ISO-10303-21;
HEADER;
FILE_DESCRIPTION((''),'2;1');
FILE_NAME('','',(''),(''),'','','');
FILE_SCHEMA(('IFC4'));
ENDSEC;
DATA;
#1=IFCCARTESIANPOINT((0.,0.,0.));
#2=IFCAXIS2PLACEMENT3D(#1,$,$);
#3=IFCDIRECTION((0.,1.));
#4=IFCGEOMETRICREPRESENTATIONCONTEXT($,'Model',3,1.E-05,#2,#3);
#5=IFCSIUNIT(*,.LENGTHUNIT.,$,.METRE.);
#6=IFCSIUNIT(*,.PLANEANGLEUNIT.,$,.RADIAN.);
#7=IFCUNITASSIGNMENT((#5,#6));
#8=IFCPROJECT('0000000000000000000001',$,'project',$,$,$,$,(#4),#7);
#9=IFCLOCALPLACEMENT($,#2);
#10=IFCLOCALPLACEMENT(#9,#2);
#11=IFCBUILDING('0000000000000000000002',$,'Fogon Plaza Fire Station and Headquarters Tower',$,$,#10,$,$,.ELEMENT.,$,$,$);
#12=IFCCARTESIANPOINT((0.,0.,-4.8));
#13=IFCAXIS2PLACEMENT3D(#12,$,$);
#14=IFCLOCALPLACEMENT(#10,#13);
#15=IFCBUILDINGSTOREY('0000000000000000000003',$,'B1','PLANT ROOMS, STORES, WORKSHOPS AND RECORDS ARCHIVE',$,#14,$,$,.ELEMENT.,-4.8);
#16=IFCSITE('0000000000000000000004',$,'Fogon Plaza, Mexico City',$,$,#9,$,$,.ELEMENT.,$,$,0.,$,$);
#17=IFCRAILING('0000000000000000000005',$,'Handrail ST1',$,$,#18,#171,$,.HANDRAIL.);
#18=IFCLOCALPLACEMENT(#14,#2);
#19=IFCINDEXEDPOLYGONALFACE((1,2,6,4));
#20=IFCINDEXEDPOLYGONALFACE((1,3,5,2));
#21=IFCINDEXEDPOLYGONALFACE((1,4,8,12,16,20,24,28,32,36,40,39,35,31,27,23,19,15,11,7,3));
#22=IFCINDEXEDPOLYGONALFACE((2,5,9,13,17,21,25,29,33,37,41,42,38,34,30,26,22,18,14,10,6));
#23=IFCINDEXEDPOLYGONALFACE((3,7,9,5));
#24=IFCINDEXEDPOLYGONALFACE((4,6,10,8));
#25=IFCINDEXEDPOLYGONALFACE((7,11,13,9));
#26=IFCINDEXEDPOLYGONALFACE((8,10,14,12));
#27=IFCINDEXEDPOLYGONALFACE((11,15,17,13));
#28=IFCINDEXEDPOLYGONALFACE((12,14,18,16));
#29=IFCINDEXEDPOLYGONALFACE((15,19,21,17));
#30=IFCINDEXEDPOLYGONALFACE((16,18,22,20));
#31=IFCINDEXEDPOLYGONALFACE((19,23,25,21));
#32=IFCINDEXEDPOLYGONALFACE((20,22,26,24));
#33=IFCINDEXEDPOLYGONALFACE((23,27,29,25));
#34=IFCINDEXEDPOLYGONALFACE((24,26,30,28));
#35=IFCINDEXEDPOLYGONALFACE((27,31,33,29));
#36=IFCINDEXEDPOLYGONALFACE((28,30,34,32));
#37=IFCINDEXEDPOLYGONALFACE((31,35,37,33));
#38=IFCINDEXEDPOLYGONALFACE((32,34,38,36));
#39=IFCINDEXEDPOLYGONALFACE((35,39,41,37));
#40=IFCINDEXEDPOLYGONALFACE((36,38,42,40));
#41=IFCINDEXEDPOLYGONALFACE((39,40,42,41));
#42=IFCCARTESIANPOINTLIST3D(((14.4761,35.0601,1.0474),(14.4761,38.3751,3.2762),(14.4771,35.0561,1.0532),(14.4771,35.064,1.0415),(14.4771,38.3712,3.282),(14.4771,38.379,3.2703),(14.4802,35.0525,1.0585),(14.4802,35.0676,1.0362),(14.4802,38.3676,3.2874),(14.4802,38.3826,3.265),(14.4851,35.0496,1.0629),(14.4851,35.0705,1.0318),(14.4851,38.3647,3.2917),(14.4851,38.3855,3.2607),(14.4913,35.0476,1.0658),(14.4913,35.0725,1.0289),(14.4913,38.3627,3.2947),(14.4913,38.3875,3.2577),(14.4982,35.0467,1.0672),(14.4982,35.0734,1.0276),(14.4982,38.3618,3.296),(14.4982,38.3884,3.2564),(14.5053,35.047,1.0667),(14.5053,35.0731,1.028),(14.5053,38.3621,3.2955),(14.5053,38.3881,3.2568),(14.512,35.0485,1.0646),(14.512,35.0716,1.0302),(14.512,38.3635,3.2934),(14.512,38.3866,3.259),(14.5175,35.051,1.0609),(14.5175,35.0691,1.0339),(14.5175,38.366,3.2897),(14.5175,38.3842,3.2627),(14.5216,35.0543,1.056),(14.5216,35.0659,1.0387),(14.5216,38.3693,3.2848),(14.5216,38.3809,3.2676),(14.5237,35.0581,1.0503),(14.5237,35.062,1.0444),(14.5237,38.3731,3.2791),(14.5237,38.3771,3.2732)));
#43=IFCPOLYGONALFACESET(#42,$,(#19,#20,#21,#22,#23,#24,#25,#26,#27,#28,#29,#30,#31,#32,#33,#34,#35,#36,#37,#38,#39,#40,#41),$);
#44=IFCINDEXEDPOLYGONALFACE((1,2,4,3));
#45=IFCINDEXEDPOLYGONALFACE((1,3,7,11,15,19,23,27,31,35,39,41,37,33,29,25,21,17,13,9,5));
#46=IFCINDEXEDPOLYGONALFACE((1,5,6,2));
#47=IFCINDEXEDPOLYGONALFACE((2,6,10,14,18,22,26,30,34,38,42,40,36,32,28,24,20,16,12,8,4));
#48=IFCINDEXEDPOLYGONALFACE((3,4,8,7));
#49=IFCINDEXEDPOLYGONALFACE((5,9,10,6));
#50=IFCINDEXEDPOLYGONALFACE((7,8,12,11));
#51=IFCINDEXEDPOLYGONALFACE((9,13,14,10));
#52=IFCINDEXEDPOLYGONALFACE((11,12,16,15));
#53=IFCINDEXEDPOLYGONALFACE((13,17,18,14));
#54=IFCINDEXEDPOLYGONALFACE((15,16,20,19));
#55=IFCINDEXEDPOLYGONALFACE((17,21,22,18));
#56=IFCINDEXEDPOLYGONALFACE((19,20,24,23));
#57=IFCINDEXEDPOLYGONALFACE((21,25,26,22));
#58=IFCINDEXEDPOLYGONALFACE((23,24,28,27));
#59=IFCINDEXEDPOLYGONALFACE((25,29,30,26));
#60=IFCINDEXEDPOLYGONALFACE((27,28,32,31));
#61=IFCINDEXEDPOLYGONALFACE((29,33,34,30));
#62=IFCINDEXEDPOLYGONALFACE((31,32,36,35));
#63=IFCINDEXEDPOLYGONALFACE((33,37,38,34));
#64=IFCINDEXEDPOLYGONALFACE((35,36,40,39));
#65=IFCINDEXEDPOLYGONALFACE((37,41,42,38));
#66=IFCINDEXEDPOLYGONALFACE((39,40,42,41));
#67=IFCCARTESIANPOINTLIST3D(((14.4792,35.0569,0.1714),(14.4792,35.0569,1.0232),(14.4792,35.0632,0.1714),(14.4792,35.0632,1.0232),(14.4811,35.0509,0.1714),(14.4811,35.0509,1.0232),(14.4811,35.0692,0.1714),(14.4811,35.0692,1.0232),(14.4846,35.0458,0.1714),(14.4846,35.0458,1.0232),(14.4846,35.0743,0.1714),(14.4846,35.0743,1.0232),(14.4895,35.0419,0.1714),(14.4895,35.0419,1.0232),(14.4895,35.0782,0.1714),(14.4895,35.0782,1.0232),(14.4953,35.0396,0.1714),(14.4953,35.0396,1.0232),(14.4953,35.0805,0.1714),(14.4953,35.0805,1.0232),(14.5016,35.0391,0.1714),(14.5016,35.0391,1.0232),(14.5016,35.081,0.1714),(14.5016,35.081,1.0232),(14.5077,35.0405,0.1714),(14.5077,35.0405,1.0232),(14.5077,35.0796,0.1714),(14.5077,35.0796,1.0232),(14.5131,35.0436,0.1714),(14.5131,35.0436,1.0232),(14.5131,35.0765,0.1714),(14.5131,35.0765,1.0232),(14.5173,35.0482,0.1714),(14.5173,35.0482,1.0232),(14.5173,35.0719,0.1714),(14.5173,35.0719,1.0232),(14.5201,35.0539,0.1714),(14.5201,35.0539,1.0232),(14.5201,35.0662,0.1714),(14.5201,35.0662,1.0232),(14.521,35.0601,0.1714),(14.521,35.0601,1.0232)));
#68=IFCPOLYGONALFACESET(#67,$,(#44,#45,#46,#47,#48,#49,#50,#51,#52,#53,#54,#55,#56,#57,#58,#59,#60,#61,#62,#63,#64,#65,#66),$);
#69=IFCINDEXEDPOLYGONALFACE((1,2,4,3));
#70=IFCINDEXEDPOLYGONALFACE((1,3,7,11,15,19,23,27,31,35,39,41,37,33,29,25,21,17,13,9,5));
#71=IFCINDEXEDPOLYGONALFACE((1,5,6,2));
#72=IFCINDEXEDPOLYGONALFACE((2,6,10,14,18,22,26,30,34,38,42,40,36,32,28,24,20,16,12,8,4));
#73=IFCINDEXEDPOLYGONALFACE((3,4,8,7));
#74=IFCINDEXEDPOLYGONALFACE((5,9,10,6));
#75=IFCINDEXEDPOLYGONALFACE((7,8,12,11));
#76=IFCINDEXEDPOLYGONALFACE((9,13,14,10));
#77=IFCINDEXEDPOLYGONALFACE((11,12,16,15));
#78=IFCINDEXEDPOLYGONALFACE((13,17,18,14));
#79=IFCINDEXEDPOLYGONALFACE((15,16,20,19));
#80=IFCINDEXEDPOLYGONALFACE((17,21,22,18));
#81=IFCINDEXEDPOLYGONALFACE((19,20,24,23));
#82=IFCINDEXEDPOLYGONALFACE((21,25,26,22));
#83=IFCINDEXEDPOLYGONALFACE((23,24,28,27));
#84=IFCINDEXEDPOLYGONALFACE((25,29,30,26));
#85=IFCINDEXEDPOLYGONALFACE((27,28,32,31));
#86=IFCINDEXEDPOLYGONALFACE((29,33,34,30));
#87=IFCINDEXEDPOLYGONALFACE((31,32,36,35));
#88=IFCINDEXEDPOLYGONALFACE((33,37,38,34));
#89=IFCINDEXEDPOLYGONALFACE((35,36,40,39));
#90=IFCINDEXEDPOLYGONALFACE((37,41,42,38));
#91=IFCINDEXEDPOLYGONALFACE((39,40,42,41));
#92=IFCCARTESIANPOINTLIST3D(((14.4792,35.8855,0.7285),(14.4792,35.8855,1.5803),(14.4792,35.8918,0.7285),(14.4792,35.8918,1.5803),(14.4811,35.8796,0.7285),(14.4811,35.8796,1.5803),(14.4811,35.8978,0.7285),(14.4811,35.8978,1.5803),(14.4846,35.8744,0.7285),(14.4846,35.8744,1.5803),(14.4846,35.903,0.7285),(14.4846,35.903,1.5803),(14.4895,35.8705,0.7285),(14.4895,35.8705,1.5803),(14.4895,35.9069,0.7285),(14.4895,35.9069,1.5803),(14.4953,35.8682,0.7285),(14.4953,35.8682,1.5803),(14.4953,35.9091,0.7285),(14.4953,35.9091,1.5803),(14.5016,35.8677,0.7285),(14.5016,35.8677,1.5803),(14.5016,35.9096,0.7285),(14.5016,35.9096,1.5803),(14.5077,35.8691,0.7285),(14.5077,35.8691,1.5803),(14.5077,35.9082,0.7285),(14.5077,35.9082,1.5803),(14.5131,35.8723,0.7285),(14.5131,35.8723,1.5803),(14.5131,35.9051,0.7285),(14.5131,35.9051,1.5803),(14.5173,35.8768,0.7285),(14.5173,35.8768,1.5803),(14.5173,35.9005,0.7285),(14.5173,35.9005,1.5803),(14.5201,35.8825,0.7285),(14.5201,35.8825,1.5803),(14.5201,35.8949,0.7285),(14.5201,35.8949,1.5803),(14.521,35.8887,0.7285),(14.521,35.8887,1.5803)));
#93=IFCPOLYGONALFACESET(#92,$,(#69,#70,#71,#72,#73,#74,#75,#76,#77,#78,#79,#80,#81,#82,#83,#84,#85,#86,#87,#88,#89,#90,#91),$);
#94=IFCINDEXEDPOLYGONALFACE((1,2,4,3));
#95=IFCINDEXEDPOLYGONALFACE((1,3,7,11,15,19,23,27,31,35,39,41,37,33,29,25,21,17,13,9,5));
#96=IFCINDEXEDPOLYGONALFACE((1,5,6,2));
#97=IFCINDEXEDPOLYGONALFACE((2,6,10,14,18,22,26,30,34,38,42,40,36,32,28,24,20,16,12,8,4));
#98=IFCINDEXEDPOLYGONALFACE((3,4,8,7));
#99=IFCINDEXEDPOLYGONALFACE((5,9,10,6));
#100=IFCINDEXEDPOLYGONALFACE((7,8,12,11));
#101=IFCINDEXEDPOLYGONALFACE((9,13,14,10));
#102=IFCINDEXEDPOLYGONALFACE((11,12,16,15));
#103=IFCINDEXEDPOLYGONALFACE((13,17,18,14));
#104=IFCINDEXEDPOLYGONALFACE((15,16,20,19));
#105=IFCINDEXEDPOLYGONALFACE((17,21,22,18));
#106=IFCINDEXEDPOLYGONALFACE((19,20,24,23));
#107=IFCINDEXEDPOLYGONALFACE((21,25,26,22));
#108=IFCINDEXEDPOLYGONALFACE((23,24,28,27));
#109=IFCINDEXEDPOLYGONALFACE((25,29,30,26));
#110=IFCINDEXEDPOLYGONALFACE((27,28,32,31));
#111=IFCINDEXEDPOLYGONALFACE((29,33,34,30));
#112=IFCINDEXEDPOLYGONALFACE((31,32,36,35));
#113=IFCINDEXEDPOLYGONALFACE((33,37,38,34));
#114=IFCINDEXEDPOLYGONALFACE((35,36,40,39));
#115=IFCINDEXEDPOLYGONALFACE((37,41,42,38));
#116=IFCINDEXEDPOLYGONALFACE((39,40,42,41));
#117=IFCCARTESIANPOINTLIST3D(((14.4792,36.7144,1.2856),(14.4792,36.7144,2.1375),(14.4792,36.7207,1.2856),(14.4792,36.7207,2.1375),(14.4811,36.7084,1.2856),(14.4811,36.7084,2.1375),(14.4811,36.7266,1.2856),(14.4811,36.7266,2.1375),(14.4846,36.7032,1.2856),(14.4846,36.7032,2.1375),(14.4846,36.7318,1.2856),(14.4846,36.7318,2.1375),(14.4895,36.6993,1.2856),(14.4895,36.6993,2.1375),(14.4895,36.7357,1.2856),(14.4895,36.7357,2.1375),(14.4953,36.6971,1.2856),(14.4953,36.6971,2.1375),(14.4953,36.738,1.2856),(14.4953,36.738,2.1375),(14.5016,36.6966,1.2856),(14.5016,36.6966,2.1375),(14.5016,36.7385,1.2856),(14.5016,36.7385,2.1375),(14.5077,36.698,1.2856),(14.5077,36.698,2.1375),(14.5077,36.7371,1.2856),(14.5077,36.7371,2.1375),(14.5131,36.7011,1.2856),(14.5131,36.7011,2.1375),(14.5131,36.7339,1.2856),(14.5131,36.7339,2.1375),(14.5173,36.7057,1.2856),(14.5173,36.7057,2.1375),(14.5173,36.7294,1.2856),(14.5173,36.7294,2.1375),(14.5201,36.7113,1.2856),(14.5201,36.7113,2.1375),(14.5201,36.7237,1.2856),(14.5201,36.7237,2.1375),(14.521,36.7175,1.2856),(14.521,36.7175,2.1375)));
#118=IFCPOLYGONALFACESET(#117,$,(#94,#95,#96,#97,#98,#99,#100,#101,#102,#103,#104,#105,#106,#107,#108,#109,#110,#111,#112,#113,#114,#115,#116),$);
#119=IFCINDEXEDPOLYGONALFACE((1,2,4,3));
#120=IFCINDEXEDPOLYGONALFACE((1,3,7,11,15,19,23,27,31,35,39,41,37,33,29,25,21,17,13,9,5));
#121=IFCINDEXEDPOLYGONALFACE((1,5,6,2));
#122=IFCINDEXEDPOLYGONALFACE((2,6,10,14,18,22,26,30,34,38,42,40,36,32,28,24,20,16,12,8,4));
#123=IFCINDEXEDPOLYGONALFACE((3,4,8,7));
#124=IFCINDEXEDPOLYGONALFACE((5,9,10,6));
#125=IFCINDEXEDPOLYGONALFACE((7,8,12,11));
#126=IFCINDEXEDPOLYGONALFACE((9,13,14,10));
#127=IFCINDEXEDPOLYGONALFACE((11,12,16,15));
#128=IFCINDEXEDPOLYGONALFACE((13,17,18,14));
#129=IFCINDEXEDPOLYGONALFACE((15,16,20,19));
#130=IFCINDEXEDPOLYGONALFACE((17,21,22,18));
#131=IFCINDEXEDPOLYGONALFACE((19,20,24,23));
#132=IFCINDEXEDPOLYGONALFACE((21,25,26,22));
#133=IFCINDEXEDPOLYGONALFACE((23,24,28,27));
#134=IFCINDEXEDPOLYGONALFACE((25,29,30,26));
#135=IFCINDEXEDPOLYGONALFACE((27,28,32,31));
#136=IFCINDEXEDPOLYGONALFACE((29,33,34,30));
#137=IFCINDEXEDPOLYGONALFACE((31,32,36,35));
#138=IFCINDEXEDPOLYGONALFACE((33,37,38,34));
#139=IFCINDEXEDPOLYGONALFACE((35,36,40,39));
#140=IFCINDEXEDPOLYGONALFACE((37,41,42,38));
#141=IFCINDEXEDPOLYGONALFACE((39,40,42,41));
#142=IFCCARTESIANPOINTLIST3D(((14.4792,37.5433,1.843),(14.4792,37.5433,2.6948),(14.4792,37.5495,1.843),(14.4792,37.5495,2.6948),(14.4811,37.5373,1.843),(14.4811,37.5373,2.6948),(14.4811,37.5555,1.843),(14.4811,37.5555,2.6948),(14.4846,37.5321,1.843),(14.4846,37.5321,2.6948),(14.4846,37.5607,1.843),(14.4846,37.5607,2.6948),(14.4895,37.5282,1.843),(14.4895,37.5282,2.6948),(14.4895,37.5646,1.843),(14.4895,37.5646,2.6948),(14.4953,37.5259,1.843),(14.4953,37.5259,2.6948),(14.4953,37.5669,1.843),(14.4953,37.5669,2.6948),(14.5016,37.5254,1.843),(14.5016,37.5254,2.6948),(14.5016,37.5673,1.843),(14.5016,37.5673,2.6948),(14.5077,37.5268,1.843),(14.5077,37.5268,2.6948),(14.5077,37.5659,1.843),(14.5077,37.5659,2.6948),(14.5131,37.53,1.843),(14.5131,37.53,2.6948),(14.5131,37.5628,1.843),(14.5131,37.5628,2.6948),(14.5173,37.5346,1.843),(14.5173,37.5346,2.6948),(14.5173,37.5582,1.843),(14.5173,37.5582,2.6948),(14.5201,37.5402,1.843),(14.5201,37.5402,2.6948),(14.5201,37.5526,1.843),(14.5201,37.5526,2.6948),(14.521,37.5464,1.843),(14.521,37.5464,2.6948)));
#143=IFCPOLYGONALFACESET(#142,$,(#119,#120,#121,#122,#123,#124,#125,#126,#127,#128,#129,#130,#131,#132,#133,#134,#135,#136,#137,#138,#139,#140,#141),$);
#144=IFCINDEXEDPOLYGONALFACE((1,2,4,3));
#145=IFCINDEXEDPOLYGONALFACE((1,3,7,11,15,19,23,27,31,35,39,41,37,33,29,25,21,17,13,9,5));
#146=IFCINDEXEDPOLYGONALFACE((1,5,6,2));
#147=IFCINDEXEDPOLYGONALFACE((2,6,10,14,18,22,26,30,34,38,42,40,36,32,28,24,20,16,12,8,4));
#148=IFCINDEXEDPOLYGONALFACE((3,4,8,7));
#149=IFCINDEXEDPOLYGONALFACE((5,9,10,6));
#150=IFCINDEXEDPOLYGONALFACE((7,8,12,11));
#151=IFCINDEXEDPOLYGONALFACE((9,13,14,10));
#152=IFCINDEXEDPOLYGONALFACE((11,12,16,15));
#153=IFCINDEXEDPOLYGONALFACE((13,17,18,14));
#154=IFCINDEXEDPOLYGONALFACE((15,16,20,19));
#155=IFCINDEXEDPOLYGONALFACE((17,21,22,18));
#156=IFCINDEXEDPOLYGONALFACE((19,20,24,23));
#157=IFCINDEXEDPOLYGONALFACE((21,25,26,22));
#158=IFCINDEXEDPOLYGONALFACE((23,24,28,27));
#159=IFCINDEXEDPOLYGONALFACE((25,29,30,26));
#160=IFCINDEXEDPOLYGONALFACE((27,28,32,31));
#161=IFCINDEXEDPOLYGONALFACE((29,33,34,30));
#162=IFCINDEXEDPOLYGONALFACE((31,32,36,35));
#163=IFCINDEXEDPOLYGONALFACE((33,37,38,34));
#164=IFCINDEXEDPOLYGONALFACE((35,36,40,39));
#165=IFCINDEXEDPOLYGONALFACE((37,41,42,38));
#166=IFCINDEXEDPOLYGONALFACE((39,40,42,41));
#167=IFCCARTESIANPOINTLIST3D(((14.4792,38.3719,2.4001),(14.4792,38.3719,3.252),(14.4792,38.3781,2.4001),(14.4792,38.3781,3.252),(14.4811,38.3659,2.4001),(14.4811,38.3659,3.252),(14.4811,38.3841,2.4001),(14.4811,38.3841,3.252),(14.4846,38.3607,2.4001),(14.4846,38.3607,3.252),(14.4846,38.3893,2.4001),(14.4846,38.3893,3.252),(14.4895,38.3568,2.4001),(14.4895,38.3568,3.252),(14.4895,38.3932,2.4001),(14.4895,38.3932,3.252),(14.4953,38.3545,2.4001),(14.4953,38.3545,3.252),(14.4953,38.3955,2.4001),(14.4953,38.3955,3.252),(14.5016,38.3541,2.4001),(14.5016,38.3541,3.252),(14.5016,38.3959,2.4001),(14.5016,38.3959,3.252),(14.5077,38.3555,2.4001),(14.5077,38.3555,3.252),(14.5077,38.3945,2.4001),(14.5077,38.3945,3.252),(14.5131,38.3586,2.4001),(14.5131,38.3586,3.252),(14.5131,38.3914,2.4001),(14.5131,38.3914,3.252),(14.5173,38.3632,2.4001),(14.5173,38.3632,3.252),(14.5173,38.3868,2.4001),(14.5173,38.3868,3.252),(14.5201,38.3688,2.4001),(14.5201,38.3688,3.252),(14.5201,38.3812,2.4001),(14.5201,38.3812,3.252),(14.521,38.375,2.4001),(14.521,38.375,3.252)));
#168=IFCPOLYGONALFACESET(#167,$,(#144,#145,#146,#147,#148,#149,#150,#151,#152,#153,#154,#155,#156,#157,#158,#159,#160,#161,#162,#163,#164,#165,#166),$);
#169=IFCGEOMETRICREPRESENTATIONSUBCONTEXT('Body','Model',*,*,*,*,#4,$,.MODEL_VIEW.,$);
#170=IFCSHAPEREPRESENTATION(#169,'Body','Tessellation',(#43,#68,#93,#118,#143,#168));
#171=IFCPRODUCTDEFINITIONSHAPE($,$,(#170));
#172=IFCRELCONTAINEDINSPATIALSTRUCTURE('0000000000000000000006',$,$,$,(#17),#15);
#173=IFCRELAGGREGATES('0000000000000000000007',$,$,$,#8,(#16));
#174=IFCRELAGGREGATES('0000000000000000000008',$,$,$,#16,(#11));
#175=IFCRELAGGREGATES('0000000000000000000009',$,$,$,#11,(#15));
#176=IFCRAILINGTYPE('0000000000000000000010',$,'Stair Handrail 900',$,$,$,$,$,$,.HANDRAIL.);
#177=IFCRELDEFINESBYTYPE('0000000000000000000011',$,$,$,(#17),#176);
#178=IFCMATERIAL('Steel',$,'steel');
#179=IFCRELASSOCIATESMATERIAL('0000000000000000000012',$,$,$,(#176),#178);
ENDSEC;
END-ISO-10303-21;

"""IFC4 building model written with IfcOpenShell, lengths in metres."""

from ifc_helpers import new_model, si_unit, direction, frame, origin, origin_2d, place, context, subcontext, project, spatial, circle, extrude, material, type_object, element, save


model = new_model("IFC4")

# Units and contexts
model_context = context("Model", 3, precision=1e-05, world=origin(), true_north=direction((0.0, 1.0)))
body_context = subcontext(model_context, "Body", "Model", "MODEL_VIEW")
ifc_project = project(units=[si_unit("LENGTHUNIT", "METRE"), si_unit("PLANEANGLEUNIT", "RADIAN")], contexts=[model_context])

# Site, building, storey
site_placement = place(None, origin())
site = spatial("IfcSite", under=ifc_project, at=site_placement, Name="Fogon Plaza, Mexico City", CompositionType="ELEMENT", RefElevation=0.0)
building_placement = place(site_placement, origin())
building = spatial("IfcBuilding", under=site, at=building_placement, Name="Fogon Plaza Fire Station and Headquarters Tower", CompositionType="ELEMENT")
storey_placement = place(building_placement, frame((0.0, 0.0, -4.8)))
storey = spatial("IfcBuildingStorey", under=building, at=storey_placement, Name="B1", Description="PLANT ROOMS, STORES, WORKSHOPS AND RECORDS ARCHIVE", CompositionType="ELEMENT", Elevation=-4.8)

# Railing
ifc_material_1 = material(Name="Steel", Category="steel")
railing_type = type_object("IfcRailingType", Name="Stair Handrail 900", PredefinedType="HANDRAIL", material=ifc_material_1)
for number, where, name in (
    (1, (14.5, 35.0601, 0.1714), "Handrail ST1"),
):
    element("IfcRailing", number, at=place(storey_placement, frame(where)), inside=storey, type_object=railing_type, Name=name, PredefinedType="HANDRAIL", context=body_context, shape_type="SweptSolid", body=[
        extrude(circle(Radius=0.0239, at=origin_2d()), frame((0.0, 0.0, 0.876), z_axis=(0.0, 0.829872, 0.557954), x_axis=(-1.0, 0.0, 0.0)), (0.0, 0.0, 1.0), 3.9946),
        extrude(circle(Radius=0.021, at=origin_2d()), origin(), (0.0, 0.0, 1.0), 0.8518),
        extrude(circle(Radius=0.021, at=origin_2d()), frame((0.0, 0.8286, 0.5571)), (0.0, 0.0, 1.0), 0.8518),
        extrude(circle(Radius=0.021, at=origin_2d()), frame((0.0, 1.6575, 1.1143)), (0.0, 0.0, 1.0), 0.8518),
        extrude(circle(Radius=0.021, at=origin_2d()), frame((0.0, 2.4863, 1.6716)), (0.0, 0.0, 1.0), 0.8518),
        extrude(circle(Radius=0.021, at=origin_2d()), frame((0.0, 3.3149, 2.2288)), (0.0, 0.0, 1.0), 0.8518),
    ])

save(model, "model.ifc")
